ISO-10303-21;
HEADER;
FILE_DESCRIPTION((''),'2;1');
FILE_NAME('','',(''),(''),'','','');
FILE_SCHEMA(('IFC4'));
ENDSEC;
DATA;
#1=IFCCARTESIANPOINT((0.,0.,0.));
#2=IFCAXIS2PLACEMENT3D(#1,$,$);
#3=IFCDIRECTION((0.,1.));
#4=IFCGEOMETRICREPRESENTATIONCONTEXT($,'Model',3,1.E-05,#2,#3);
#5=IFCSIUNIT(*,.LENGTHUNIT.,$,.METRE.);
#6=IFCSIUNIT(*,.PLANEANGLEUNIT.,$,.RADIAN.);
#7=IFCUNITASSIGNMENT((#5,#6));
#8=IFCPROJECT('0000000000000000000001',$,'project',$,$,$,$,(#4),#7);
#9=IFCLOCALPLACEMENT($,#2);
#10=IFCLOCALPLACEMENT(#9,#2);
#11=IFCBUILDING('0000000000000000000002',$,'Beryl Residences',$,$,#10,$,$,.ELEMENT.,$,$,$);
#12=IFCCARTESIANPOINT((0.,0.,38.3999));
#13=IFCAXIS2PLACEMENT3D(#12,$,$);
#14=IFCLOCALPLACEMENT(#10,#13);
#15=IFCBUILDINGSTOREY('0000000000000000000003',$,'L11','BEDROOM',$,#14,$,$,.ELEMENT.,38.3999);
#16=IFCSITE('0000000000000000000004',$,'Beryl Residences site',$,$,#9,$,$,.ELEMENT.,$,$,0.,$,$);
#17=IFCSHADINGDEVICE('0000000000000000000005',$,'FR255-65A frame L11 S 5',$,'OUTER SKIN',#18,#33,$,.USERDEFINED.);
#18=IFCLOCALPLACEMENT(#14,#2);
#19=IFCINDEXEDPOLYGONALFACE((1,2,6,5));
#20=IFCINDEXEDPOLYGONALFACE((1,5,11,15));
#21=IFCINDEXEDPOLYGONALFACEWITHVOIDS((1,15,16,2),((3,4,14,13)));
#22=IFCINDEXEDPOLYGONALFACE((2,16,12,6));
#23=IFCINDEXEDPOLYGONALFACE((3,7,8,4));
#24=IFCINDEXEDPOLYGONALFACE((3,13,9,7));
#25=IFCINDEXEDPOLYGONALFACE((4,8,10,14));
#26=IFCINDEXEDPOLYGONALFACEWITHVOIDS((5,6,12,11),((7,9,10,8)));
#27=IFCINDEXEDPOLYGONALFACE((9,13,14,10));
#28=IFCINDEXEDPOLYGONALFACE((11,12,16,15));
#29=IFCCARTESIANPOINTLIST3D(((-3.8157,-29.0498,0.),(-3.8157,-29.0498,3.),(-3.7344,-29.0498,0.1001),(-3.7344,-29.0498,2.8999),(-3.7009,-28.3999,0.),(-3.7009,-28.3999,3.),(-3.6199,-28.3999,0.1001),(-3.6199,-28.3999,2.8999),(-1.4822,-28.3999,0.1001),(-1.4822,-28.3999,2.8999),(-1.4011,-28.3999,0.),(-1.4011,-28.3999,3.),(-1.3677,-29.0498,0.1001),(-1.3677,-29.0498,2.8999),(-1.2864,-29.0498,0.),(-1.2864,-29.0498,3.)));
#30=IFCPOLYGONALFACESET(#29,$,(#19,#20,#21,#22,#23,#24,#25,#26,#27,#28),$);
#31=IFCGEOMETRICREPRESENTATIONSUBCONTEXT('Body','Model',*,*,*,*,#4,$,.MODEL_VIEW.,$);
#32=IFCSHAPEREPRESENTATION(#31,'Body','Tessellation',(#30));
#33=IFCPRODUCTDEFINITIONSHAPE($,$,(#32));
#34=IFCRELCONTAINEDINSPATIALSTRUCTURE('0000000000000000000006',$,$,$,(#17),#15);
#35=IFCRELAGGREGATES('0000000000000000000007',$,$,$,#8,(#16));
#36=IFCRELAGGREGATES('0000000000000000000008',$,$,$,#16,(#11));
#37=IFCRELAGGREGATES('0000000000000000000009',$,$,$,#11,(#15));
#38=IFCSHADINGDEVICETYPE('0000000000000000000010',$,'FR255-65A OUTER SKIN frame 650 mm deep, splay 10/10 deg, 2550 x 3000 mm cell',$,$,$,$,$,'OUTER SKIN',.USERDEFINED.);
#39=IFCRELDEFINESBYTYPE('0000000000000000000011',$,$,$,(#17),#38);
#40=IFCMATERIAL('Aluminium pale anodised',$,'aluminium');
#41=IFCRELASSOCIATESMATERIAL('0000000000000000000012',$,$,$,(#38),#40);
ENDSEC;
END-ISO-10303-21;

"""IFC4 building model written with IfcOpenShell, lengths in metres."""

from ifc_helpers import new_model, entity, si_unit, direction, frame, origin, place, context, subcontext, project, spatial, source, transform, mapped, material, type_object, type_shapes, element, save


model = new_model("IFC4")

# Units and contexts
model_context = context("Model", 3, precision=1e-05, world=origin(), true_north=direction((0.0, 1.0)))
body_context = subcontext(model_context, "Body", "Model", "MODEL_VIEW")
ifc_project = project(units=[si_unit("LENGTHUNIT", "METRE"), si_unit("PLANEANGLEUNIT", "RADIAN")], contexts=[model_context])

# Site, building, storey
site_placement = place(None, origin())
site = spatial("IfcSite", under=ifc_project, at=site_placement, Name="Beryl Residences site", CompositionType="ELEMENT", RefElevation=0.0)
building_placement = place(site_placement, origin())
building = spatial("IfcBuilding", under=site, at=building_placement, Name="Beryl Residences", CompositionType="ELEMENT")
storey_placement = place(building_placement, frame((0.0, 0.0, 38.3999)))
storey = spatial("IfcBuildingStorey", under=building, at=storey_placement, Name="L11", Description="BEDROOM", CompositionType="ELEMENT", Elevation=38.3999)

# Shading device
ifc_material_1 = material(Name="Aluminium pale anodised", Category="aluminium")
shading_device_type = type_object("IfcShadingDeviceType", Name="FR255-65A OUTER SKIN frame 650 mm deep, splay 10/10 deg, 2550 x 3000 mm cell", ElementType="OUTER SKIN", PredefinedType="USERDEFINED", material=ifc_material_1)
cartesian_point_1 = entity("IfcCartesianPoint", [-1.1499, 0.0])
cartesian_point_2 = entity("IfcCartesianPoint", [-1.0688, 0.1001])
cartesian_point_3 = entity("IfcCartesianPoint", [-1.2646, 0.0])
cartesian_point_4 = entity("IfcCartesianPoint", [-1.1833, 0.1001])
shared_shape = source(origin(), body_context, "Body", "SweptSolid", [
    entity("IfcExtrudedAreaSolidTapered", entity("IfcArbitraryProfileDefWithVoids", "AREA", None, entity("IfcPolyline", [cartesian_point_1, entity("IfcCartesianPoint", [1.1499, 0.0]), entity("IfcCartesianPoint", [1.1499, 3.0]), entity("IfcCartesianPoint", [-1.1499, 3.0]), cartesian_point_1]), [entity("IfcPolyline", [cartesian_point_2, entity("IfcCartesianPoint", [1.0688, 0.1001]), entity("IfcCartesianPoint", [1.0688, 2.8999]), entity("IfcCartesianPoint", [-1.0688, 2.8999]), cartesian_point_2])]), entity("IfcAxis2Placement3D", entity("IfcCartesianPoint", [0.0, 0.0, 0.0]), entity("IfcDirection", [0.0, 1.0, 0.0]), entity("IfcDirection", [-1.0, 0.0, 0.0])), entity("IfcDirection", [0.0, 0.0, 1.0]), 0.6499, entity("IfcArbitraryProfileDefWithVoids", "AREA", None, entity("IfcPolyline", [cartesian_point_3, entity("IfcCartesianPoint", [1.2646, 0.0]), entity("IfcCartesianPoint", [1.2646, 3.0]), entity("IfcCartesianPoint", [-1.2646, 3.0]), cartesian_point_3]), [entity("IfcPolyline", [cartesian_point_4, entity("IfcCartesianPoint", [1.1833, 0.1001]), entity("IfcCartesianPoint", [1.1833, 2.8999]), entity("IfcCartesianPoint", [-1.1833, 2.8999]), cartesian_point_4])])),
])
type_shapes(shading_device_type, [shared_shape])
for number, where, z_axis, x_axis, name in (
    (1, (-2.551, -28.3999, 0.0), (0.0, 0.0, 1.0), (-1.0, 0.0, 0.0), "FR255-65A frame L11 S 5"),
):
    element("IfcShadingDevice", number, at=place(storey_placement, frame(where, z_axis=z_axis, x_axis=x_axis)), inside=storey, type_object=shading_device_type, Name=name, ObjectType="OUTER SKIN", PredefinedType="USERDEFINED", context=body_context, shape_type="MappedRepresentation", body=[
        mapped(shared_shape, transform((0.0, 0.0, 0.0))),
    ])

save(model, "model.ifc")
